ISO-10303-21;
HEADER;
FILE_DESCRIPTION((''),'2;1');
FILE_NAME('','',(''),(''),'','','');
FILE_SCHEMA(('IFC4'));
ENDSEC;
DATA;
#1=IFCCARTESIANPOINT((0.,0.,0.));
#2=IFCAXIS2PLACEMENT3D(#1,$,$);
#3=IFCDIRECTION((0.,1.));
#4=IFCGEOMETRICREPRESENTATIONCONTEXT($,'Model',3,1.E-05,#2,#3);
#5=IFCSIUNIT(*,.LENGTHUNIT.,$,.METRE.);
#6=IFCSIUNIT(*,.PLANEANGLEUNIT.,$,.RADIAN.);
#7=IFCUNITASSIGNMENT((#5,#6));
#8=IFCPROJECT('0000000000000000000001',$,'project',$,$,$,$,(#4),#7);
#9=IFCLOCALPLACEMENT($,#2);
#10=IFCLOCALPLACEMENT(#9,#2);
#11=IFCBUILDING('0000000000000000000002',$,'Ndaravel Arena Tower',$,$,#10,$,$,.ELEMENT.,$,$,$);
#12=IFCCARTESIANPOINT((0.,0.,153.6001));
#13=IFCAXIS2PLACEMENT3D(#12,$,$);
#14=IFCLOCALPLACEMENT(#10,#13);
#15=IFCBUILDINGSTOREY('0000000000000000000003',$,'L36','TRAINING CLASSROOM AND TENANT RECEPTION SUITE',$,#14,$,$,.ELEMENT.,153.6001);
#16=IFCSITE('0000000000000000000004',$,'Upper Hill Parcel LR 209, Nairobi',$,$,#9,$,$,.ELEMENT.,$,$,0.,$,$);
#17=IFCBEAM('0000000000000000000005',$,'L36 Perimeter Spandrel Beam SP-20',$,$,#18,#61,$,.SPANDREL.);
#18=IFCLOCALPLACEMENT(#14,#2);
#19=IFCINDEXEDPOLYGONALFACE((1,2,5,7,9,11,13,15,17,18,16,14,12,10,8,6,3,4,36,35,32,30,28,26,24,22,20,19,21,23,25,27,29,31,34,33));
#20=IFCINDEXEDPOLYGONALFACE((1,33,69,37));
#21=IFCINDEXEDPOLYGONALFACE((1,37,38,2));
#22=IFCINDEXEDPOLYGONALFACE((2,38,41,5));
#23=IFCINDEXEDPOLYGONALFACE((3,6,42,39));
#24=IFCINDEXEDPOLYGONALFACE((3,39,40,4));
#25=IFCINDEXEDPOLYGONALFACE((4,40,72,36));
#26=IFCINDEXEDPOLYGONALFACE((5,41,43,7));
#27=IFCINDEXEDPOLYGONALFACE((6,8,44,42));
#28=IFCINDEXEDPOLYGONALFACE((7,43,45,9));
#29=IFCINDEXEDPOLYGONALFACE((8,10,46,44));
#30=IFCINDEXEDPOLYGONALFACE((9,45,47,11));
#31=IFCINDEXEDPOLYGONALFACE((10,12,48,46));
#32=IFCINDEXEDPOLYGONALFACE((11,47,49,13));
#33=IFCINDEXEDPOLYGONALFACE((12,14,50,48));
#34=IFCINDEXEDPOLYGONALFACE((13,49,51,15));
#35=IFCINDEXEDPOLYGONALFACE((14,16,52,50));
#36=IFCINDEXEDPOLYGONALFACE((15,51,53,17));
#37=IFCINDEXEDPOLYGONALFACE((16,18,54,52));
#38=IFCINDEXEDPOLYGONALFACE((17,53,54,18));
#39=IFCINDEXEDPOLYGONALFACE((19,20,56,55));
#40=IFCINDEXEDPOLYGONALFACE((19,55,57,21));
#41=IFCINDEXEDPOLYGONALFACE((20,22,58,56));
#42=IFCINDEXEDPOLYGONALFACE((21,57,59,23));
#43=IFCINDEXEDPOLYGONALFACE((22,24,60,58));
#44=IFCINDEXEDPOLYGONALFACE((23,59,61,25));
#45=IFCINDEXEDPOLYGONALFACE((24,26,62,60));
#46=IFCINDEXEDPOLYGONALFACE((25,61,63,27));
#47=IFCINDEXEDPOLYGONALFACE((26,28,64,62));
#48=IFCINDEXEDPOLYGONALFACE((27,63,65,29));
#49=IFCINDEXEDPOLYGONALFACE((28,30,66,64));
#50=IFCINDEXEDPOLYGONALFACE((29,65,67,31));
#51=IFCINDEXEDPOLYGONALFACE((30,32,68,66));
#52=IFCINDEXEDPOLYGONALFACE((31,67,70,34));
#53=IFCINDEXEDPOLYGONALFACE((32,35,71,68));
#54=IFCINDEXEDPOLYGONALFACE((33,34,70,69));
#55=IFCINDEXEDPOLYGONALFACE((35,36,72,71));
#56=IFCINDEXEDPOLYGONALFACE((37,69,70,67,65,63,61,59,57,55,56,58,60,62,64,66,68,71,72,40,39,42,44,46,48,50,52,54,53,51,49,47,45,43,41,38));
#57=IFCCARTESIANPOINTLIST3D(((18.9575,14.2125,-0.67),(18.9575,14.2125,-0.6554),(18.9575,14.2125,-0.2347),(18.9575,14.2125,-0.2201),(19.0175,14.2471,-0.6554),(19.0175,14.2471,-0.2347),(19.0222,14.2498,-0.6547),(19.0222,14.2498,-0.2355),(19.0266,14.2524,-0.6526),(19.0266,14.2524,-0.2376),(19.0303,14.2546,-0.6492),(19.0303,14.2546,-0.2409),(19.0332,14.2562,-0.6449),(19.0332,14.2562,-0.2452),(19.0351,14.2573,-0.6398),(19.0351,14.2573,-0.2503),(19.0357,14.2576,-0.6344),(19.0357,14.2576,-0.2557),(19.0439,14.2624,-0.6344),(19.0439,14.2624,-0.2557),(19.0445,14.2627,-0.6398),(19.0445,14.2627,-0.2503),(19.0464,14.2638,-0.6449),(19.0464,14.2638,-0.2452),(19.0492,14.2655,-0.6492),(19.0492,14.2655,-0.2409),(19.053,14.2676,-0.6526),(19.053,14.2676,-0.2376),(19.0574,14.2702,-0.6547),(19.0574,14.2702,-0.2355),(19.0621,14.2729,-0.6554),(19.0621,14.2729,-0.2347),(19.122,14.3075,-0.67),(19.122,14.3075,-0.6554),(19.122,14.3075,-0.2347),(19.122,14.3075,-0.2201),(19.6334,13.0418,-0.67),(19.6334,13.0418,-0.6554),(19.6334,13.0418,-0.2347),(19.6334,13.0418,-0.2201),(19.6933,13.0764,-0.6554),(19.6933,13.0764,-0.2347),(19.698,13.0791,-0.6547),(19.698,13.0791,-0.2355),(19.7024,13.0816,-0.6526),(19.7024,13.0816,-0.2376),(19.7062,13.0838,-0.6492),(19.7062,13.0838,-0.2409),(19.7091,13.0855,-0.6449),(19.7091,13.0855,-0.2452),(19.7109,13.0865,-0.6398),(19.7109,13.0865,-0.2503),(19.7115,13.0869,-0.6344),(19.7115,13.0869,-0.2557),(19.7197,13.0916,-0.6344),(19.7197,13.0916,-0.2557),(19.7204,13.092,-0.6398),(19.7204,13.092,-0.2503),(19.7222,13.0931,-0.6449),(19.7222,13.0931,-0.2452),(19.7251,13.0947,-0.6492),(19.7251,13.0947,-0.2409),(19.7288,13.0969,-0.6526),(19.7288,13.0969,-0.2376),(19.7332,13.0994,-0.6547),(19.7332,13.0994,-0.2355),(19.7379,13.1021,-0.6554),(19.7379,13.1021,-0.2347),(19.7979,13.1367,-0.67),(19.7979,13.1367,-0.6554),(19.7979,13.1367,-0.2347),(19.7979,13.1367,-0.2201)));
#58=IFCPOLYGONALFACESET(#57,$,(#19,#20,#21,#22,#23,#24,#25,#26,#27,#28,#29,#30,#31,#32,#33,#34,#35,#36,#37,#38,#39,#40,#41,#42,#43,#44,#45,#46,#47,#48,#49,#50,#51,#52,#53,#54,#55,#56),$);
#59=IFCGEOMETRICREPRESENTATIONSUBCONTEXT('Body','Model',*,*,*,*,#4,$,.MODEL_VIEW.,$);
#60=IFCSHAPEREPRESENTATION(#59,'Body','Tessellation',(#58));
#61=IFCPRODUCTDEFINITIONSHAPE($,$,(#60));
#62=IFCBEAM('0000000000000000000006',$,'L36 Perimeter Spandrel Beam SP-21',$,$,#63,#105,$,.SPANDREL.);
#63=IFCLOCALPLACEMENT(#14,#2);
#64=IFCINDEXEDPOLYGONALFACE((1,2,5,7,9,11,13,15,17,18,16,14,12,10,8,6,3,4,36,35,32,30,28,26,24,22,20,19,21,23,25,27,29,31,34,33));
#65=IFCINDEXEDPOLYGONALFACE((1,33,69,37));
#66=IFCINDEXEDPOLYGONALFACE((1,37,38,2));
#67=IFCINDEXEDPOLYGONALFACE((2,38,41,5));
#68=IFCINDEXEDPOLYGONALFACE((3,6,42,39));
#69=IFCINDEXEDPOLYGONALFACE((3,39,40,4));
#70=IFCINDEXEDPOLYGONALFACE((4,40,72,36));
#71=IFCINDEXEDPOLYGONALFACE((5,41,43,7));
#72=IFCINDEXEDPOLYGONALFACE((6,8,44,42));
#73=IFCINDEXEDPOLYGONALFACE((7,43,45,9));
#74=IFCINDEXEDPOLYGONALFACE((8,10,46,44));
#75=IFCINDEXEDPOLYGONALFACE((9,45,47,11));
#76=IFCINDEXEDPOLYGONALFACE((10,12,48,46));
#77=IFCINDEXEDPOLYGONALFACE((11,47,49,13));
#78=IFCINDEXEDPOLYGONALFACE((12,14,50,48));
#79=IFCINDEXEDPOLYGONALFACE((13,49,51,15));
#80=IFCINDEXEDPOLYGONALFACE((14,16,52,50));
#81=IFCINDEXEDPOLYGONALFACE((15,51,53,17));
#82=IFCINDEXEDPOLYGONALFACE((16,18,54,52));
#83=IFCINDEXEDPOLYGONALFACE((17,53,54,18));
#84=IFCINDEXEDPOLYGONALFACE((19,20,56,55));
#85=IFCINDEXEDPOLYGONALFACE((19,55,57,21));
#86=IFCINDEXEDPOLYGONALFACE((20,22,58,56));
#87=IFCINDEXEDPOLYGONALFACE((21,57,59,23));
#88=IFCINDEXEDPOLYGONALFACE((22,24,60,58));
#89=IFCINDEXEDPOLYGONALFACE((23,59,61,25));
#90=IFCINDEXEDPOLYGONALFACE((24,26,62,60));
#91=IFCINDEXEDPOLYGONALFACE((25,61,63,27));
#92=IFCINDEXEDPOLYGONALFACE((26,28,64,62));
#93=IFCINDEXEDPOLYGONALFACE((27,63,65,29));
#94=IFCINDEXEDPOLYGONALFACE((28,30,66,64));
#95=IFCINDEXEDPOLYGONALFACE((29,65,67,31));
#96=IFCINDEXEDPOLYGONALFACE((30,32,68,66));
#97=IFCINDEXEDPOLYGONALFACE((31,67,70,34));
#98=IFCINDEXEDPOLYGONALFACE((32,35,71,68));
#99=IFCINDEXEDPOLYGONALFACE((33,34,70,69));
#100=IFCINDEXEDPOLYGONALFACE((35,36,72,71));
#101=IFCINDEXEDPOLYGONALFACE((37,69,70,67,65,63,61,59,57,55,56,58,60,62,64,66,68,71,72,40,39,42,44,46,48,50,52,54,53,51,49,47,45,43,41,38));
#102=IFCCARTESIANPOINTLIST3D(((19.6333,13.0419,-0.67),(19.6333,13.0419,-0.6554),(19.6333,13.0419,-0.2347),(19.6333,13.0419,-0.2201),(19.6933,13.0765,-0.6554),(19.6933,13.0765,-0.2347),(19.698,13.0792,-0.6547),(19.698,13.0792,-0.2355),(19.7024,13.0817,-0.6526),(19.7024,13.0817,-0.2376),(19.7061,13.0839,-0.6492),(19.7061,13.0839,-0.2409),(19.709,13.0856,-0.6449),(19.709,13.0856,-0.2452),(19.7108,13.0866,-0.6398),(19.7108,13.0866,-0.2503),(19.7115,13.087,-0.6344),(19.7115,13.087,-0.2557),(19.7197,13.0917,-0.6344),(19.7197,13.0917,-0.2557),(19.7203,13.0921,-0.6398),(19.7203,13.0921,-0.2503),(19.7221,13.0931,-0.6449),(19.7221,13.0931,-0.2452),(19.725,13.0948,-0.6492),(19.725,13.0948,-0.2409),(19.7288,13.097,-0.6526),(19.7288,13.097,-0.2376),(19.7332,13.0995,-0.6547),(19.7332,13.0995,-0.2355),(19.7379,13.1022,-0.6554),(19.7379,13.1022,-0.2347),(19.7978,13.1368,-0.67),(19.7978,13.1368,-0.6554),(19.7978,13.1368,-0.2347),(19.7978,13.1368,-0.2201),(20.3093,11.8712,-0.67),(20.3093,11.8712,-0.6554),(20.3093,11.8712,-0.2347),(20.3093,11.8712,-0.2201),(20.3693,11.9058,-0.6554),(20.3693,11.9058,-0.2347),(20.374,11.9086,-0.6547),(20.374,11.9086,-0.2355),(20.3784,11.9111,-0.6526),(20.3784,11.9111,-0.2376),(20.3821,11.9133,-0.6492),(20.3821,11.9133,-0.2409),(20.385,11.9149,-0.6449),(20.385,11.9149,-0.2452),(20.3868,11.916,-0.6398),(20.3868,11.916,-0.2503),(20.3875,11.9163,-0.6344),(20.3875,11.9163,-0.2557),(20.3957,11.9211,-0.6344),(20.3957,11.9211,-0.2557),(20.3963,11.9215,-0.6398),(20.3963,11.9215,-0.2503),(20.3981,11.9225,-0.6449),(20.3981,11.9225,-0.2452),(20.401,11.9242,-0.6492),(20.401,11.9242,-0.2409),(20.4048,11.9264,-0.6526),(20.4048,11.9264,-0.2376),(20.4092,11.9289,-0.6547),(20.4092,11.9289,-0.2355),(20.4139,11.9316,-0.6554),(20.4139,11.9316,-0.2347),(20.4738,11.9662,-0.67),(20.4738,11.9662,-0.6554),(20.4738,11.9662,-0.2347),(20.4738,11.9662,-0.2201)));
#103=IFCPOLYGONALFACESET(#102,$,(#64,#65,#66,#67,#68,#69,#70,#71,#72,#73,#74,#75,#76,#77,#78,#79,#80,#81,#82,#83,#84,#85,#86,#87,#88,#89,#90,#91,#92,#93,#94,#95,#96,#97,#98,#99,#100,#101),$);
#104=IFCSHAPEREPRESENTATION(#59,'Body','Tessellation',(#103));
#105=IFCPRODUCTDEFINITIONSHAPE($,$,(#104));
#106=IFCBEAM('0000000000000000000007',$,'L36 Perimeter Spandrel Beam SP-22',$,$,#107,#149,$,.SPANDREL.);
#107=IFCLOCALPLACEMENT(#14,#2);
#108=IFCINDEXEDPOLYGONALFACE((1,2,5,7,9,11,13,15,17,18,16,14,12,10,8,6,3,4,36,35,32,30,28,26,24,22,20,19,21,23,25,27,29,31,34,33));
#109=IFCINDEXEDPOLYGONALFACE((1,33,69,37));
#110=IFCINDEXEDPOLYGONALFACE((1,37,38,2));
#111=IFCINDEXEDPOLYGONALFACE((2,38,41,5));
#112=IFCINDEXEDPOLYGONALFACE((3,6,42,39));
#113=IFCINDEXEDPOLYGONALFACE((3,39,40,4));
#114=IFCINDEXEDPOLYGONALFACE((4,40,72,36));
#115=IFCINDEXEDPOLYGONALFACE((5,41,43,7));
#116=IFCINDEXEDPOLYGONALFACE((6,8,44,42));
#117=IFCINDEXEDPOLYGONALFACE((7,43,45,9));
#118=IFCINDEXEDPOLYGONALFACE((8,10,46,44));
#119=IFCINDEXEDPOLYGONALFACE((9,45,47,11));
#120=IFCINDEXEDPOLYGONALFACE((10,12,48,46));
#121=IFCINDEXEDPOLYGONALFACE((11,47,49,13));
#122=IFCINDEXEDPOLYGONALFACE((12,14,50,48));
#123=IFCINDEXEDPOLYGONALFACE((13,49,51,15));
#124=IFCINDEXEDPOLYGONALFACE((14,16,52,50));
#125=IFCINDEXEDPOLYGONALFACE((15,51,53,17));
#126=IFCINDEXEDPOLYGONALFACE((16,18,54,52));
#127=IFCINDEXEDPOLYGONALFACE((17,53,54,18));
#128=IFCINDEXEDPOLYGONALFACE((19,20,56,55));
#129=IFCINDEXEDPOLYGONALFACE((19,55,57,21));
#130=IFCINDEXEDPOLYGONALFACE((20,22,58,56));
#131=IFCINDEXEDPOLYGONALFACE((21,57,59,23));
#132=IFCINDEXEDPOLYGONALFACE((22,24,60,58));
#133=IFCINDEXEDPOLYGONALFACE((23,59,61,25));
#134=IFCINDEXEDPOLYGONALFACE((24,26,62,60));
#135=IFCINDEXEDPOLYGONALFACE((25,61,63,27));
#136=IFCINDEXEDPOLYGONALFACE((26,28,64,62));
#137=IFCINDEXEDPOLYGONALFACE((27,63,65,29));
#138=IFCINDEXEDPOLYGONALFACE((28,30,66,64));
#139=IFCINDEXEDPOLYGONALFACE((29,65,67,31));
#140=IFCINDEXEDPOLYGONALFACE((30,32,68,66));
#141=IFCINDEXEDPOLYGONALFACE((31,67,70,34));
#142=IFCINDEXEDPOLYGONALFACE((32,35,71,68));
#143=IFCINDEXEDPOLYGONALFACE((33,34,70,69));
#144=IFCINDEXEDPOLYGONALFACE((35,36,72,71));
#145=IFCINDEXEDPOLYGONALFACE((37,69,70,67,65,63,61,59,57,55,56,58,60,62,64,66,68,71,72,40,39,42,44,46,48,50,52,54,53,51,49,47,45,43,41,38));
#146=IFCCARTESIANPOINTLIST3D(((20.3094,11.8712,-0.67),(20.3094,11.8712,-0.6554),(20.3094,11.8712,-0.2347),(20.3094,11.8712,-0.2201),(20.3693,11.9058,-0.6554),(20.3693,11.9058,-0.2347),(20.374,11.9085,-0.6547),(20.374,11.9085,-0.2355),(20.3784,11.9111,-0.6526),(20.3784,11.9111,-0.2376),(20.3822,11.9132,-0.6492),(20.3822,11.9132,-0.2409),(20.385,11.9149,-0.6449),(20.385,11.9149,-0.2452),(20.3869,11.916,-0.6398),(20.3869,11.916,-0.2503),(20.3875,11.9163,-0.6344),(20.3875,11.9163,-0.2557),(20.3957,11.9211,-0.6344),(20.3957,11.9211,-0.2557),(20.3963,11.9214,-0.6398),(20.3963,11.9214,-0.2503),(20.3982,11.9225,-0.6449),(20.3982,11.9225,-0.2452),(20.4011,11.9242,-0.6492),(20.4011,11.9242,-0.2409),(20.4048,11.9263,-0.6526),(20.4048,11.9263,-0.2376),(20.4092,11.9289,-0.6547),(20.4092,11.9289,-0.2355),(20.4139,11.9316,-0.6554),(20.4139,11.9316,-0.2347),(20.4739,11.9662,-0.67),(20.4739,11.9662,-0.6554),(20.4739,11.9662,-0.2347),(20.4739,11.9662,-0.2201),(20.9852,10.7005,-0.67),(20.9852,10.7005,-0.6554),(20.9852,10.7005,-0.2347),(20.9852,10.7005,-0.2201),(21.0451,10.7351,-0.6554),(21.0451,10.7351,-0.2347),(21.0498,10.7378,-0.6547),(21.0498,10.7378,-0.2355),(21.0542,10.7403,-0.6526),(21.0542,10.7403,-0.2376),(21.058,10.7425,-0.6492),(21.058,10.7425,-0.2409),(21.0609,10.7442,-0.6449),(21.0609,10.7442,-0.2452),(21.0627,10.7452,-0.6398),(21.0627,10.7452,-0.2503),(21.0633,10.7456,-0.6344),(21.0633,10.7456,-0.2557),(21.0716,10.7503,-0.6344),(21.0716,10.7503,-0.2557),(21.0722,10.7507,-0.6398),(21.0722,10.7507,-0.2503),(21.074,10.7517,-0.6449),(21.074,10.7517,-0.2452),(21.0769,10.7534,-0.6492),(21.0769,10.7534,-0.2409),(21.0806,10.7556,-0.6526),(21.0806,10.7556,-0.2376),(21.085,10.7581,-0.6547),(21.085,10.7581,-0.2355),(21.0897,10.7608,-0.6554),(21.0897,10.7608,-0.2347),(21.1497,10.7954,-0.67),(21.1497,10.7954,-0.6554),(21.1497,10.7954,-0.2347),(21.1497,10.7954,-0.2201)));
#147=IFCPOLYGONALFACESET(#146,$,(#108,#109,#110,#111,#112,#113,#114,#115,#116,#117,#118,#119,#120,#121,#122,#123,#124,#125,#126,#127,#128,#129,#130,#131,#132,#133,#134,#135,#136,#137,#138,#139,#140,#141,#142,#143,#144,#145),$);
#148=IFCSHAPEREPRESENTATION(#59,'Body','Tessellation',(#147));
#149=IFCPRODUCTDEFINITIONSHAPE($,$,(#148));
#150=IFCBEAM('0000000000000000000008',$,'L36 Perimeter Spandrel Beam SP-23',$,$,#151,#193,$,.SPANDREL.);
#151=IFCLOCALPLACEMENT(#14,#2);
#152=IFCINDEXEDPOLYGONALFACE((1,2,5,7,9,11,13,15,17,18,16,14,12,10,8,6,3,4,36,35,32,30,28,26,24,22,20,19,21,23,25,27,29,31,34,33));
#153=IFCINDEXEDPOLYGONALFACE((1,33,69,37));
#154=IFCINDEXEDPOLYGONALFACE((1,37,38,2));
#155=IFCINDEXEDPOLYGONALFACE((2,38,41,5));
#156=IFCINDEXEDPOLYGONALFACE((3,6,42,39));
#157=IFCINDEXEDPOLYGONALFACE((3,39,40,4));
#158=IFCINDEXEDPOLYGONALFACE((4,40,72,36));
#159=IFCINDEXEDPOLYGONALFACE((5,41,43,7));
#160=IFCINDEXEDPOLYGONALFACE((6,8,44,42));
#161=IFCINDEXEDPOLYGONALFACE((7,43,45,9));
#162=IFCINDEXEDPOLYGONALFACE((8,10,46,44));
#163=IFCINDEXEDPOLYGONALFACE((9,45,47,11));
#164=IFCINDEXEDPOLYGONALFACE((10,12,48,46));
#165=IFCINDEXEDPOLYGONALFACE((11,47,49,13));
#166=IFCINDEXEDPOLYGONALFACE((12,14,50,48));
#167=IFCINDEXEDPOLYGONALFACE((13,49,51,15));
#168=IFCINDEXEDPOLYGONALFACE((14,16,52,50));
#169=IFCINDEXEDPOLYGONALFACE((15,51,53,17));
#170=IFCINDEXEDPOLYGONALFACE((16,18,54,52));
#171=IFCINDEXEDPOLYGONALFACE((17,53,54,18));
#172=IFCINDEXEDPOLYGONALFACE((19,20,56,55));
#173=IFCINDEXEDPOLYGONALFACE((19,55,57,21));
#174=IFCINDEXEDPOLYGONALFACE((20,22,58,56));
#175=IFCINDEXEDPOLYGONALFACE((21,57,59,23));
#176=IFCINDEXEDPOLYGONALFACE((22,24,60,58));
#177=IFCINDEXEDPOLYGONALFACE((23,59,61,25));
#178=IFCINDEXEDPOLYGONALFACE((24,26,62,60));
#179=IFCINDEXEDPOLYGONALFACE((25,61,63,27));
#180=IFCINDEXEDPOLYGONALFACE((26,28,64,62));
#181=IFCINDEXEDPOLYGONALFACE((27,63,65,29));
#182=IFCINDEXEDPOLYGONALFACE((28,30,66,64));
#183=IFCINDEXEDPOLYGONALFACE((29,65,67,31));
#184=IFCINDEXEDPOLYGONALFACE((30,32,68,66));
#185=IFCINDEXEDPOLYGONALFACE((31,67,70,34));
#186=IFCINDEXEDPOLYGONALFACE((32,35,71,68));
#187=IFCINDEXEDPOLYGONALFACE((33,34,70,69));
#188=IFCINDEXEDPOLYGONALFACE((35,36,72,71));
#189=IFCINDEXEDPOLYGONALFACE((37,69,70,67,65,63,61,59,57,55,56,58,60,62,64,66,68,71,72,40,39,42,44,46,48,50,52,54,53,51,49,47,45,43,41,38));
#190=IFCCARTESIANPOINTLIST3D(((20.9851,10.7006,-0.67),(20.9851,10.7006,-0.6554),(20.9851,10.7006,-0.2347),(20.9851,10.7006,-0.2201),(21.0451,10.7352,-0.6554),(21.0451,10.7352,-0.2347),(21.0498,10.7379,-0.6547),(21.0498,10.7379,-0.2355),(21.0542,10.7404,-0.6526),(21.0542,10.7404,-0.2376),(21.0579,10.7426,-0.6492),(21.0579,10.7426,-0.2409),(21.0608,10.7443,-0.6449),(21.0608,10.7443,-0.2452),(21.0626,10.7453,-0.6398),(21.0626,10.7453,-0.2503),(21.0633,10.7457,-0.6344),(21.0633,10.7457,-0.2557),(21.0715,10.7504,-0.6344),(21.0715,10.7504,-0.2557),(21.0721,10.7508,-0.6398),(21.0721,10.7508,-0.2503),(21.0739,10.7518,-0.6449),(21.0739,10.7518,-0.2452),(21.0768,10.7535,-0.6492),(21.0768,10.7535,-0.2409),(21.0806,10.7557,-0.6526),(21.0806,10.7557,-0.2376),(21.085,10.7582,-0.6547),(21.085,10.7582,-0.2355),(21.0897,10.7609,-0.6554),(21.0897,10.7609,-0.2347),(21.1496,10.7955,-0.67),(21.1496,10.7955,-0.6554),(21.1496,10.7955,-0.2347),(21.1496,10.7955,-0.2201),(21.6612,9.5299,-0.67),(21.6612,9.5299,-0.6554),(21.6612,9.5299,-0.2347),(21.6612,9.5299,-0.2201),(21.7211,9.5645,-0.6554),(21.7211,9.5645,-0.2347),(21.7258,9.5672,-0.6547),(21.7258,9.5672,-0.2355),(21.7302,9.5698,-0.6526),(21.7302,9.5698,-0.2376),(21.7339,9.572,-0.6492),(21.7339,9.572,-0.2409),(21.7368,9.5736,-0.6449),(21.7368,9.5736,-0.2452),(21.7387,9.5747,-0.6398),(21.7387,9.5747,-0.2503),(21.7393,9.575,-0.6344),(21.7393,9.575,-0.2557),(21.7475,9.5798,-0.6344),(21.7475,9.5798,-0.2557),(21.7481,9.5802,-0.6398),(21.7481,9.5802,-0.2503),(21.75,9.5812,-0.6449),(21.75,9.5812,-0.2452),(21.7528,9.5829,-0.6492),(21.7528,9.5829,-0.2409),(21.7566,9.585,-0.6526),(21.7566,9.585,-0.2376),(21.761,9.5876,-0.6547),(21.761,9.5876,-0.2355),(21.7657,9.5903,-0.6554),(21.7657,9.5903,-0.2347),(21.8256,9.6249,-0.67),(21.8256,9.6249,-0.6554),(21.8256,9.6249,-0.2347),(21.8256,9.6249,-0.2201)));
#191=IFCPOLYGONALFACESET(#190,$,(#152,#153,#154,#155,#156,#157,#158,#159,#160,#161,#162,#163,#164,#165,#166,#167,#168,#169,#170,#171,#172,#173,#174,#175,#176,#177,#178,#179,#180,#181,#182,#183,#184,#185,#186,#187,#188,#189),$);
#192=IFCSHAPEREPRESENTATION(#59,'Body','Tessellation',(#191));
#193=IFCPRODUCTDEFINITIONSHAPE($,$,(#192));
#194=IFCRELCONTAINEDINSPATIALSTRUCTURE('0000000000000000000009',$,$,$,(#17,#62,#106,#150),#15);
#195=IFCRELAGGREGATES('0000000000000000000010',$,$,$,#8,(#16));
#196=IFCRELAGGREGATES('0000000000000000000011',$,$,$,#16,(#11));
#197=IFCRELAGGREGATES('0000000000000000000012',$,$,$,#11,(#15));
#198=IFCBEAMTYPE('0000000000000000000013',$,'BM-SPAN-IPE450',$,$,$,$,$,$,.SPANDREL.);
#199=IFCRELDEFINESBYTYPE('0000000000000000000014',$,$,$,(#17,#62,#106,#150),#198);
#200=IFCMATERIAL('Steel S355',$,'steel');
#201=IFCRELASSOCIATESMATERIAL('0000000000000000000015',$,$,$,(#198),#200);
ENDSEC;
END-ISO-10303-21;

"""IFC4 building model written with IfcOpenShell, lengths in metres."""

from ifc_helpers import new_model, si_unit, direction, frame, origin, origin_2d, place, context, subcontext, project, spatial, i_section, extrude, material, material_profile, profile_set, type_object, element, save


model = new_model("IFC4")

# Units and contexts
model_context = context("Model", 3, precision=1e-05, world=origin(), true_north=direction((0.0, 1.0)))
body_context = subcontext(model_context, "Body", "Model", "MODEL_VIEW")
ifc_project = project(units=[si_unit("LENGTHUNIT", "METRE"), si_unit("PLANEANGLEUNIT", "RADIAN")], contexts=[model_context])

# Site, building, storey
site_placement = place(None, origin())
site = spatial("IfcSite", under=ifc_project, at=site_placement, Name="Upper Hill Parcel LR 209, Nairobi", CompositionType="ELEMENT", RefElevation=0.0)
building_placement = place(site_placement, origin())
building = spatial("IfcBuilding", under=site, at=building_placement, Name="Ndaravel Arena Tower", CompositionType="ELEMENT")
storey_placement = place(building_placement, frame((0.0, 0.0, 153.6001)))
storey = spatial("IfcBuildingStorey", under=building, at=storey_placement, Name="L36", Description="TRAINING CLASSROOM AND TENANT RECEPTION SUITE", CompositionType="ELEMENT", Elevation=153.6001)

# Beams
ifc_material_1 = material(Name="Steel S355", Category="steel")
ifc_material_profile_1 = material_profile(ifc_material_1, i_section(OverallWidth=0.1899, OverallDepth=0.45, WebThickness=0.0095, FlangeThickness=0.0146, FilletRadius=0.021, at=origin_2d()), Name="IPE 450")
ifc_profile_set_1 = profile_set([ifc_material_profile_1], Name="Steel S355")
beam_type = type_object("IfcBeamType", Name="BM-SPAN-IPE450", PredefinedType="SPANDREL", material=ifc_profile_set_1)
for number, where, z_axis, x_axis, name in (
    (1, (19.0398, 14.26, -0.4451), (0.499947, -0.866056, 0.0), (0.866056, 0.499947, 0.0), "L36 Perimeter Spandrel Beam SP-20"),
    (2, (19.7156, 13.0894, -0.4451), (0.500082, -0.865978, 0.0), (0.865978, 0.500082, 0.0), "L36 Perimeter Spandrel Beam SP-21"),
    (3, (20.3916, 11.9187, -0.4451), (0.499947, -0.866056, 0.0), (0.866056, 0.499947, 0.0), "L36 Perimeter Spandrel Beam SP-22"),
    (4, (21.0674, 10.748, -0.4451), (0.500082, -0.865978, 0.0), (0.865978, 0.500082, 0.0), "L36 Perimeter Spandrel Beam SP-23"),
):
    element("IfcBeam", number, at=place(storey_placement, frame(where, z_axis=z_axis, x_axis=x_axis)), inside=storey, type_object=beam_type, Name=name, PredefinedType="SPANDREL", context=body_context, shape_type="SweptSolid", body=[
        extrude(i_section(OverallWidth=0.1899, OverallDepth=0.45, WebThickness=0.0095, FlangeThickness=0.0146, FilletRadius=0.021, at=origin_2d()), origin(), (0.0, 0.0, 1.0), 1.3518),
    ])

save(model, "model.ifc")
